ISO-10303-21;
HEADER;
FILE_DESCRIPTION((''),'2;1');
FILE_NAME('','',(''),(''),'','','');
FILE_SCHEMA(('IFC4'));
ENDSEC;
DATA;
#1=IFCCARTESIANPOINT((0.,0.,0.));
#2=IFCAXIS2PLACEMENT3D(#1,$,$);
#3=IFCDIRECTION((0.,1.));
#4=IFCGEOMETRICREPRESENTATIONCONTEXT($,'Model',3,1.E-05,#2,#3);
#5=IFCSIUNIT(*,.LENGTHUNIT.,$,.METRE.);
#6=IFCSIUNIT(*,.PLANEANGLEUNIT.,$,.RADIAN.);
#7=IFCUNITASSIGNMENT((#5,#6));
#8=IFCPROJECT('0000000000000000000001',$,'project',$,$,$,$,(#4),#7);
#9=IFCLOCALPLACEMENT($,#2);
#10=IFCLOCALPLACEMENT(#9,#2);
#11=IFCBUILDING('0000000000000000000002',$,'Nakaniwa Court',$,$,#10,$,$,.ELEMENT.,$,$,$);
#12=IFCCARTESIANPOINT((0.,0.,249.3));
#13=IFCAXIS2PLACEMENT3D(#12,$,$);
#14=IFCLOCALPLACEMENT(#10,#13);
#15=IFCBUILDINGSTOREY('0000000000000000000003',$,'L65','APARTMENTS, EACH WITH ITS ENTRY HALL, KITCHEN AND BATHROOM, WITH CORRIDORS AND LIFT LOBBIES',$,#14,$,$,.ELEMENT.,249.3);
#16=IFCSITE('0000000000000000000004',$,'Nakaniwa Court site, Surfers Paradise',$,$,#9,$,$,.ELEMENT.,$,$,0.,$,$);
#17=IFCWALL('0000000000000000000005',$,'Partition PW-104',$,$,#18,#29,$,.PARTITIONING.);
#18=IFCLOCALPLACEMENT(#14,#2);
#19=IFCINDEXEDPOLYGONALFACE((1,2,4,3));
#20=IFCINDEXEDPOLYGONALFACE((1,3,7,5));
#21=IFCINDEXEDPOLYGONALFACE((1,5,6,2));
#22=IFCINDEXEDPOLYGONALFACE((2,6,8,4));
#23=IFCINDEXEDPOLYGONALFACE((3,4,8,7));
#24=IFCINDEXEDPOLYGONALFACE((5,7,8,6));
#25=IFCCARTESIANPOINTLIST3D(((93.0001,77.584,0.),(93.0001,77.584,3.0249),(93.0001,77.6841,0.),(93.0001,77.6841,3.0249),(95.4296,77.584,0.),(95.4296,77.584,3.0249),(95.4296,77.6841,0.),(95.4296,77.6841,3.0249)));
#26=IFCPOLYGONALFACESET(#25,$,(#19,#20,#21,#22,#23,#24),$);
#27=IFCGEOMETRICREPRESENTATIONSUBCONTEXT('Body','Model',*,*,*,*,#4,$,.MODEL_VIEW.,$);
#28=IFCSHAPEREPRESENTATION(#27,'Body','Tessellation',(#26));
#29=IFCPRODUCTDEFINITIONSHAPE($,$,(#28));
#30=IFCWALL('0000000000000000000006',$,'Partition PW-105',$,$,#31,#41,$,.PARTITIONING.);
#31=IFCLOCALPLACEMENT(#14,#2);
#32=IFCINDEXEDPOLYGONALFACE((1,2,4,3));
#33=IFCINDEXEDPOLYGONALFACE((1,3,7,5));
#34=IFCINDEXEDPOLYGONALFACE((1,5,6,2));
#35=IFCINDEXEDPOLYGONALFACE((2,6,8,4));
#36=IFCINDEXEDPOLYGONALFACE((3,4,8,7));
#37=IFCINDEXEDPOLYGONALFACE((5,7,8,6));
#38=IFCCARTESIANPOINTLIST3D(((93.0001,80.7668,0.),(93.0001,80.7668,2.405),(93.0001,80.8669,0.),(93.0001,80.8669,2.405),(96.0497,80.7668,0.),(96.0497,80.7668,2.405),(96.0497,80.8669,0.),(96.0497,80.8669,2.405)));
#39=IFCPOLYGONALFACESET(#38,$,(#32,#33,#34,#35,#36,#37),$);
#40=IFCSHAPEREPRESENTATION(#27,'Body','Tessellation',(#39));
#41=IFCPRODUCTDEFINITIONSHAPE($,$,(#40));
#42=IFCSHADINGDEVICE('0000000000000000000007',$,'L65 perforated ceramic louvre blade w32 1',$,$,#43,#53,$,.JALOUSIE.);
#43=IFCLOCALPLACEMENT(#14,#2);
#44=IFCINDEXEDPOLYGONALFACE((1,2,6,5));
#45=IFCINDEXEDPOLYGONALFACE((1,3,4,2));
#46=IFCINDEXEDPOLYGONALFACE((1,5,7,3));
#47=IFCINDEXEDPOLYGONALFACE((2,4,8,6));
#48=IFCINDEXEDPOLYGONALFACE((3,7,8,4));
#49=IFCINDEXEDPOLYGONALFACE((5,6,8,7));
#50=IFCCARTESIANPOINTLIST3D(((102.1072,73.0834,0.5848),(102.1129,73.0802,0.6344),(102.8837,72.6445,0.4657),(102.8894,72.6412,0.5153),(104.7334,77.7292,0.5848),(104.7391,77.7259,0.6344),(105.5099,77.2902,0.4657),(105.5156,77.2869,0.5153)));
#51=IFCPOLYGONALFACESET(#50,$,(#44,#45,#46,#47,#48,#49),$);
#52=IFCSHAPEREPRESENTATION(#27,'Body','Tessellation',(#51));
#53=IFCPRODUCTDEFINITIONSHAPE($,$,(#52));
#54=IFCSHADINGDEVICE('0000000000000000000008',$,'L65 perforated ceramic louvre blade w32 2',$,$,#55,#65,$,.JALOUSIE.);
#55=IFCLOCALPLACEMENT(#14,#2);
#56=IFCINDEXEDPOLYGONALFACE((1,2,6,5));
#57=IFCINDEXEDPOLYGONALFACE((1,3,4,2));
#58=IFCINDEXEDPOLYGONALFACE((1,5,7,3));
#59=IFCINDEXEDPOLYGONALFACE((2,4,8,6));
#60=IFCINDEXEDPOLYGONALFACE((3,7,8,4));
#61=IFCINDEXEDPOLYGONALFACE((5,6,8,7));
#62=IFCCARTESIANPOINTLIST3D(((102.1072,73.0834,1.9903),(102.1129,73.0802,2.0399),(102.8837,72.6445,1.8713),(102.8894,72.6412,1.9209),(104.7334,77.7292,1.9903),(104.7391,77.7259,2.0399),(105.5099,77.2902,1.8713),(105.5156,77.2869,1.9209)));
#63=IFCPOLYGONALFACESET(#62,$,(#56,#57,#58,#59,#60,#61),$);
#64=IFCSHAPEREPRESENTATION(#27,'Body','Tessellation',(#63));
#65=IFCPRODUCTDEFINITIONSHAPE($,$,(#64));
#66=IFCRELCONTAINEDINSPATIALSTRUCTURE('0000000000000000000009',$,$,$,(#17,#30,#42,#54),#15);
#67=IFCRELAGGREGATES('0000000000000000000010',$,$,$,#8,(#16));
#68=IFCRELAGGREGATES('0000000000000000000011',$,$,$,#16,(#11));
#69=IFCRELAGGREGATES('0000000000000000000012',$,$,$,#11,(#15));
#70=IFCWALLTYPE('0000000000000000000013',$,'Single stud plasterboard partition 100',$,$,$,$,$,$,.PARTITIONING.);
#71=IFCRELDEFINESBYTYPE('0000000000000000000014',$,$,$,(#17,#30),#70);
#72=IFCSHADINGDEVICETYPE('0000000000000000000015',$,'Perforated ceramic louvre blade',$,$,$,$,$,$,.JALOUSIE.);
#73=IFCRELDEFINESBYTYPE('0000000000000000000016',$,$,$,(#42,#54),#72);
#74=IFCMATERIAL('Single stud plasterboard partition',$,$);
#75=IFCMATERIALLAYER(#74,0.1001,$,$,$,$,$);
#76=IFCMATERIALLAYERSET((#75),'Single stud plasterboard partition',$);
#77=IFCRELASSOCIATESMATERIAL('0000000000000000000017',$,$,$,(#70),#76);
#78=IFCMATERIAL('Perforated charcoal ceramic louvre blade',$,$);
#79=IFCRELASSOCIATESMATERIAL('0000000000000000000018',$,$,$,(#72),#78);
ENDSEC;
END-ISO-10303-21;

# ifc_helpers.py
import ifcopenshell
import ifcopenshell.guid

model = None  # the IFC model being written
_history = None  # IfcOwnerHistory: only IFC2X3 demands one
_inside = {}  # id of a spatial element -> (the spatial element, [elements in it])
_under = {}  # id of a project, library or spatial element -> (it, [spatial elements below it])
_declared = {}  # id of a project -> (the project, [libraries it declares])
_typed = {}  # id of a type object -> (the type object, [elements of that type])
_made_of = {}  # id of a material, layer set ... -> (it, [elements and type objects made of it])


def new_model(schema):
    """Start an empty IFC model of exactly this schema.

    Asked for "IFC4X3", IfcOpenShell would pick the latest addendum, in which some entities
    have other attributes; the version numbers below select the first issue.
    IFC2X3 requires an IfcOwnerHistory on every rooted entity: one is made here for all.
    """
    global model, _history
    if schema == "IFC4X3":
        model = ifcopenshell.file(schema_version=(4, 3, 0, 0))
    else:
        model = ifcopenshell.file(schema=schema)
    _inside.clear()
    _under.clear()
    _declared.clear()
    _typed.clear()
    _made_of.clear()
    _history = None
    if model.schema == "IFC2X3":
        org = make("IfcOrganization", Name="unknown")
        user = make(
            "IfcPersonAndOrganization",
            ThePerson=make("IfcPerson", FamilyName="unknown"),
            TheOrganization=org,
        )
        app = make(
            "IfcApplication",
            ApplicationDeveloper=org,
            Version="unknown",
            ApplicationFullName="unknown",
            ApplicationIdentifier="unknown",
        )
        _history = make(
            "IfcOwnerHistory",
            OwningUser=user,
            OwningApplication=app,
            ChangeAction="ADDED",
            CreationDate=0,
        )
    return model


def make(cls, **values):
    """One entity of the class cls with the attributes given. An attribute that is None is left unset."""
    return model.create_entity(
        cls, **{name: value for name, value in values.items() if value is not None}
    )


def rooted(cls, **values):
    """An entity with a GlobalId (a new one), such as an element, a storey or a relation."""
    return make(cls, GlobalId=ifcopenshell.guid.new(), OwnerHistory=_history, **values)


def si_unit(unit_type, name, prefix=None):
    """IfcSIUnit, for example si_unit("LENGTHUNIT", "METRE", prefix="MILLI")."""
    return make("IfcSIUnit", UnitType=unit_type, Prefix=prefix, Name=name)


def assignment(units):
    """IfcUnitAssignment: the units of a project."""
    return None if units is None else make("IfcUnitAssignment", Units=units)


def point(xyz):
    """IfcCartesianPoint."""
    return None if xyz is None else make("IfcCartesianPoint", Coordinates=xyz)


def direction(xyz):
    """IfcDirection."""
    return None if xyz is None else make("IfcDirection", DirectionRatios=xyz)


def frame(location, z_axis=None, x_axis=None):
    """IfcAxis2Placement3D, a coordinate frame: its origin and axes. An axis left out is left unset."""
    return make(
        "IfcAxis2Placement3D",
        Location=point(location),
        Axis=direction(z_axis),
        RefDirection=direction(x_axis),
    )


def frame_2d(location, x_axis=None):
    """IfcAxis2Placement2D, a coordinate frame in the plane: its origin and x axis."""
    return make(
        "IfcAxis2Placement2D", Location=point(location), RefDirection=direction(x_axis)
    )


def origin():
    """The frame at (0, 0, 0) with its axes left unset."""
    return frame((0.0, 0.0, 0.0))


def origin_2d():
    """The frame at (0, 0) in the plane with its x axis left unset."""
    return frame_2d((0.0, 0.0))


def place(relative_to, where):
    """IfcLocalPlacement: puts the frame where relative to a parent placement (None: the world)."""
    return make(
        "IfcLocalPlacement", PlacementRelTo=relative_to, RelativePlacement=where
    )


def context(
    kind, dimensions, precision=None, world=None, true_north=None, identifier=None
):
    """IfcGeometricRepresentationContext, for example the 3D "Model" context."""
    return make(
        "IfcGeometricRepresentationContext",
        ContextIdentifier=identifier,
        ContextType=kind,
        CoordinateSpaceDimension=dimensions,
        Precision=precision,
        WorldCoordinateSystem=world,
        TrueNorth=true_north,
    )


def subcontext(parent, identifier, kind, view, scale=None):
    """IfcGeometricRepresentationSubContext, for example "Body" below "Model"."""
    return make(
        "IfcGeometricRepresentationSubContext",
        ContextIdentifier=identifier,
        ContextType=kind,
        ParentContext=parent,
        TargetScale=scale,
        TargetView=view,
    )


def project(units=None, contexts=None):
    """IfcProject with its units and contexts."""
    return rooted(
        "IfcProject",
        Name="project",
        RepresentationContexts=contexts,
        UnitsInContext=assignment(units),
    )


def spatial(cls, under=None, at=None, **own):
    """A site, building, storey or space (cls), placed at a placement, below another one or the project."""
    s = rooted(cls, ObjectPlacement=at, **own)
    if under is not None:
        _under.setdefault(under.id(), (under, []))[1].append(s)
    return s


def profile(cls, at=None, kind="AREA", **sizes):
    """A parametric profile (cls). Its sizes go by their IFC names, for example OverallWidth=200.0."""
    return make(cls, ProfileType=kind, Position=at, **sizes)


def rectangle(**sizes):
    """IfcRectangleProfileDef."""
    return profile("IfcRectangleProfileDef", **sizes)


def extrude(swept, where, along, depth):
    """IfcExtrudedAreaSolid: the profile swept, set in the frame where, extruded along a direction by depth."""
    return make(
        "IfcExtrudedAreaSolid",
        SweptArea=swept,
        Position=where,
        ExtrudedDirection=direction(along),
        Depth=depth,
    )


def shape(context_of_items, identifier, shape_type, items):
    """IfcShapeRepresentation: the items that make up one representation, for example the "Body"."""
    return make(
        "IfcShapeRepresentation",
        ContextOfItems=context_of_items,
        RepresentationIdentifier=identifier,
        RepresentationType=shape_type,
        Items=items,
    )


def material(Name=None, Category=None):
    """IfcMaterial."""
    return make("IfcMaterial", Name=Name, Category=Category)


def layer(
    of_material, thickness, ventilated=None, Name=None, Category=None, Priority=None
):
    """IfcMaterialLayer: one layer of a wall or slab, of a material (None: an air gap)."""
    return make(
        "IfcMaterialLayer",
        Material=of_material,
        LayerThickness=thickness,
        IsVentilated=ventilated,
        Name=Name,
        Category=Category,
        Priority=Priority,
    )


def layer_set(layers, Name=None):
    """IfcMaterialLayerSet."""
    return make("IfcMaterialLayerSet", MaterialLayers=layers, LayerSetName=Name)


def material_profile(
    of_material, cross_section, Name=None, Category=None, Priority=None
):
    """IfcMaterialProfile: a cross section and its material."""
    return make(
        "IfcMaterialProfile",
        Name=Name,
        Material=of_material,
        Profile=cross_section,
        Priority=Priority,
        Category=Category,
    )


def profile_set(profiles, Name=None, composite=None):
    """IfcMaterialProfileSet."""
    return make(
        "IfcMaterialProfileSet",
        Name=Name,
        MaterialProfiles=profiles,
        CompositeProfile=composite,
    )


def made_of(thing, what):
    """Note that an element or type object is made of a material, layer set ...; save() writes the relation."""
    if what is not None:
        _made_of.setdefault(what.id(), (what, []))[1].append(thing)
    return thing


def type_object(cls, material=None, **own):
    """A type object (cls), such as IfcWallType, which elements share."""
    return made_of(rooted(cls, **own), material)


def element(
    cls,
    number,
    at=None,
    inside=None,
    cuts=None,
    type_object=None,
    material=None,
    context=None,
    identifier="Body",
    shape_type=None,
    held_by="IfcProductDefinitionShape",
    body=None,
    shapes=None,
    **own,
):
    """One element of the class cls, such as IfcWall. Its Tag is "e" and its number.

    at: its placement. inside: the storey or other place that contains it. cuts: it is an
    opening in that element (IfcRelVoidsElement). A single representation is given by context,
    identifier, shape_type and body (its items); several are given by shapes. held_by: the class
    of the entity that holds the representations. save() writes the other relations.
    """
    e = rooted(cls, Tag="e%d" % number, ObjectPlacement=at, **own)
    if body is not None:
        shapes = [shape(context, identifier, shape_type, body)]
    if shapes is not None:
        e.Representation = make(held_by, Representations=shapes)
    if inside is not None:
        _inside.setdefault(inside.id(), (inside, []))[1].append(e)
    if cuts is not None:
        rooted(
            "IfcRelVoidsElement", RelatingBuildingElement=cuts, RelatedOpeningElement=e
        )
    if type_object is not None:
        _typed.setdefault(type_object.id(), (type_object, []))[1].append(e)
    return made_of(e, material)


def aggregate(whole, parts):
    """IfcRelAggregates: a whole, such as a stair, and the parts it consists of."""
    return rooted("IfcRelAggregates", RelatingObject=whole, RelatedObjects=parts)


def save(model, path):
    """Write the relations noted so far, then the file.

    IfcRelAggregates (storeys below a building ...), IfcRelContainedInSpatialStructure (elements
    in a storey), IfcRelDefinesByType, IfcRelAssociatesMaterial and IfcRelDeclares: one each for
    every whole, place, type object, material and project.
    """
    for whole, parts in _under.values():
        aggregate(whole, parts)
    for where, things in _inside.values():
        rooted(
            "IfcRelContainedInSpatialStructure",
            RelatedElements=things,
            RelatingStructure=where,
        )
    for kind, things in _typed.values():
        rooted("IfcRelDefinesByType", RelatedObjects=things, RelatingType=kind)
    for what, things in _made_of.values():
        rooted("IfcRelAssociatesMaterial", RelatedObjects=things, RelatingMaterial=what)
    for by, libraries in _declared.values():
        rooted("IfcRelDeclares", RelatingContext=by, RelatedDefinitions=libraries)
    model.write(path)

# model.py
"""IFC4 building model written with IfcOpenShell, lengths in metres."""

from ifc_helpers import new_model, si_unit, direction, frame, frame_2d, origin, origin_2d, place, context, subcontext, project, spatial, rectangle, extrude, material, layer, layer_set, material_profile, profile_set, type_object, element, save


model = new_model("IFC4")

# Units and contexts
model_context = context("Model", 3, precision=1e-05, world=origin(), true_north=direction((0.0, 1.0)))
body_context = subcontext(model_context, "Body", "Model", "MODEL_VIEW")
ifc_project = project(units=[si_unit("LENGTHUNIT", "METRE"), si_unit("PLANEANGLEUNIT", "RADIAN")], contexts=[model_context])

# Site, building, storey
site_placement = place(None, origin())
site = spatial("IfcSite", under=ifc_project, at=site_placement, Name="Nakaniwa Court site, Surfers Paradise", CompositionType="ELEMENT", RefElevation=0.0)
building_placement = place(site_placement, origin())
building = spatial("IfcBuilding", under=site, at=building_placement, Name="Nakaniwa Court", CompositionType="ELEMENT")
storey_placement = place(building_placement, frame((0.0, 0.0, 249.3)))
storey = spatial("IfcBuildingStorey", under=building, at=storey_placement, Name="L65", Description="APARTMENTS, EACH WITH ITS ENTRY HALL, KITCHEN AND BATHROOM, WITH CORRIDORS AND LIFT LOBBIES", CompositionType="ELEMENT", Elevation=249.3)

# Walls
ifc_material_1 = material(Name="Single stud plasterboard partition")
ifc_layer_1 = layer(ifc_material_1, 0.1001)
ifc_layer_set_1 = layer_set([ifc_layer_1], Name="Single stud plasterboard partition")
wall_type_1 = type_object("IfcWallType", Name="Single stud plasterboard partition 100", PredefinedType="PARTITIONING", material=ifc_layer_set_1)
wall_1_placement = place(storey_placement, frame((93.0, 77.634, 0.0), z_axis=(0.0, 0.0, 1.0), x_axis=(1.0, 0.0, 0.0)))
element("IfcWall", 1, at=wall_1_placement, inside=storey, type_object=wall_type_1, Name="Partition PW-104", PredefinedType="PARTITIONING", context=body_context, shape_type="SweptSolid", body=[
    extrude(rectangle(XDim=2.4294, YDim=0.1001, at=frame_2d((1.2148, 0.0))), origin(), (0.0, 0.0, 1.0), 3.0249),
])
wall_2_placement = place(storey_placement, frame((93.0, 80.8169, 0.0), z_axis=(0.0, 0.0, 1.0), x_axis=(1.0, 0.0, 0.0)))
element("IfcWall", 2, at=wall_2_placement, inside=storey, type_object=wall_type_1, Name="Partition PW-105", PredefinedType="PARTITIONING", context=body_context, shape_type="SweptSolid", body=[
    extrude(rectangle(XDim=3.0496, YDim=0.1001, at=frame_2d((1.5249, 0.0))), origin(), (0.0, 0.0, 1.0), 2.405),
])

# Shading devices
ifc_material_2 = material(Name="Perforated charcoal ceramic louvre blade")
ifc_material_profile_1 = material_profile(ifc_material_2, rectangle(XDim=0.8999, YDim=0.05, at=origin_2d()), Name="Perforated ceramic louvre blade")
ifc_profile_set_1 = profile_set([ifc_material_profile_1], Name="Perforated charcoal ceramic louvre blade")
shading_device_type = type_object("IfcShadingDeviceType", Name="Perforated ceramic louvre blade", PredefinedType="JALOUSIE", material=ifc_profile_set_1)
for number, where, z_axis, x_axis, name in (
    (3, (102.4983, 72.8623, 0.55), (0.492109, 0.870534, 0.0), (-0.862887, 0.487786, 0.132256), "L65 perforated ceramic louvre blade w32 1"),
    (4, (102.4983, 72.8623, 1.9556), (0.492109, 0.870534, 0.0), (-0.862887, 0.487786, 0.132256), "L65 perforated ceramic louvre blade w32 2"),
):
    element("IfcShadingDevice", number, at=place(storey_placement, frame(where, z_axis=z_axis, x_axis=x_axis)), inside=storey, type_object=shading_device_type, Name=name, PredefinedType="JALOUSIE", context=body_context, shape_type="SweptSolid", body=[
        extrude(rectangle(XDim=0.8999, YDim=0.05, at=origin_2d()), origin(), (0.0, 0.0, 1.0), 5.3367),
    ])

save(model, "model.ifc")
